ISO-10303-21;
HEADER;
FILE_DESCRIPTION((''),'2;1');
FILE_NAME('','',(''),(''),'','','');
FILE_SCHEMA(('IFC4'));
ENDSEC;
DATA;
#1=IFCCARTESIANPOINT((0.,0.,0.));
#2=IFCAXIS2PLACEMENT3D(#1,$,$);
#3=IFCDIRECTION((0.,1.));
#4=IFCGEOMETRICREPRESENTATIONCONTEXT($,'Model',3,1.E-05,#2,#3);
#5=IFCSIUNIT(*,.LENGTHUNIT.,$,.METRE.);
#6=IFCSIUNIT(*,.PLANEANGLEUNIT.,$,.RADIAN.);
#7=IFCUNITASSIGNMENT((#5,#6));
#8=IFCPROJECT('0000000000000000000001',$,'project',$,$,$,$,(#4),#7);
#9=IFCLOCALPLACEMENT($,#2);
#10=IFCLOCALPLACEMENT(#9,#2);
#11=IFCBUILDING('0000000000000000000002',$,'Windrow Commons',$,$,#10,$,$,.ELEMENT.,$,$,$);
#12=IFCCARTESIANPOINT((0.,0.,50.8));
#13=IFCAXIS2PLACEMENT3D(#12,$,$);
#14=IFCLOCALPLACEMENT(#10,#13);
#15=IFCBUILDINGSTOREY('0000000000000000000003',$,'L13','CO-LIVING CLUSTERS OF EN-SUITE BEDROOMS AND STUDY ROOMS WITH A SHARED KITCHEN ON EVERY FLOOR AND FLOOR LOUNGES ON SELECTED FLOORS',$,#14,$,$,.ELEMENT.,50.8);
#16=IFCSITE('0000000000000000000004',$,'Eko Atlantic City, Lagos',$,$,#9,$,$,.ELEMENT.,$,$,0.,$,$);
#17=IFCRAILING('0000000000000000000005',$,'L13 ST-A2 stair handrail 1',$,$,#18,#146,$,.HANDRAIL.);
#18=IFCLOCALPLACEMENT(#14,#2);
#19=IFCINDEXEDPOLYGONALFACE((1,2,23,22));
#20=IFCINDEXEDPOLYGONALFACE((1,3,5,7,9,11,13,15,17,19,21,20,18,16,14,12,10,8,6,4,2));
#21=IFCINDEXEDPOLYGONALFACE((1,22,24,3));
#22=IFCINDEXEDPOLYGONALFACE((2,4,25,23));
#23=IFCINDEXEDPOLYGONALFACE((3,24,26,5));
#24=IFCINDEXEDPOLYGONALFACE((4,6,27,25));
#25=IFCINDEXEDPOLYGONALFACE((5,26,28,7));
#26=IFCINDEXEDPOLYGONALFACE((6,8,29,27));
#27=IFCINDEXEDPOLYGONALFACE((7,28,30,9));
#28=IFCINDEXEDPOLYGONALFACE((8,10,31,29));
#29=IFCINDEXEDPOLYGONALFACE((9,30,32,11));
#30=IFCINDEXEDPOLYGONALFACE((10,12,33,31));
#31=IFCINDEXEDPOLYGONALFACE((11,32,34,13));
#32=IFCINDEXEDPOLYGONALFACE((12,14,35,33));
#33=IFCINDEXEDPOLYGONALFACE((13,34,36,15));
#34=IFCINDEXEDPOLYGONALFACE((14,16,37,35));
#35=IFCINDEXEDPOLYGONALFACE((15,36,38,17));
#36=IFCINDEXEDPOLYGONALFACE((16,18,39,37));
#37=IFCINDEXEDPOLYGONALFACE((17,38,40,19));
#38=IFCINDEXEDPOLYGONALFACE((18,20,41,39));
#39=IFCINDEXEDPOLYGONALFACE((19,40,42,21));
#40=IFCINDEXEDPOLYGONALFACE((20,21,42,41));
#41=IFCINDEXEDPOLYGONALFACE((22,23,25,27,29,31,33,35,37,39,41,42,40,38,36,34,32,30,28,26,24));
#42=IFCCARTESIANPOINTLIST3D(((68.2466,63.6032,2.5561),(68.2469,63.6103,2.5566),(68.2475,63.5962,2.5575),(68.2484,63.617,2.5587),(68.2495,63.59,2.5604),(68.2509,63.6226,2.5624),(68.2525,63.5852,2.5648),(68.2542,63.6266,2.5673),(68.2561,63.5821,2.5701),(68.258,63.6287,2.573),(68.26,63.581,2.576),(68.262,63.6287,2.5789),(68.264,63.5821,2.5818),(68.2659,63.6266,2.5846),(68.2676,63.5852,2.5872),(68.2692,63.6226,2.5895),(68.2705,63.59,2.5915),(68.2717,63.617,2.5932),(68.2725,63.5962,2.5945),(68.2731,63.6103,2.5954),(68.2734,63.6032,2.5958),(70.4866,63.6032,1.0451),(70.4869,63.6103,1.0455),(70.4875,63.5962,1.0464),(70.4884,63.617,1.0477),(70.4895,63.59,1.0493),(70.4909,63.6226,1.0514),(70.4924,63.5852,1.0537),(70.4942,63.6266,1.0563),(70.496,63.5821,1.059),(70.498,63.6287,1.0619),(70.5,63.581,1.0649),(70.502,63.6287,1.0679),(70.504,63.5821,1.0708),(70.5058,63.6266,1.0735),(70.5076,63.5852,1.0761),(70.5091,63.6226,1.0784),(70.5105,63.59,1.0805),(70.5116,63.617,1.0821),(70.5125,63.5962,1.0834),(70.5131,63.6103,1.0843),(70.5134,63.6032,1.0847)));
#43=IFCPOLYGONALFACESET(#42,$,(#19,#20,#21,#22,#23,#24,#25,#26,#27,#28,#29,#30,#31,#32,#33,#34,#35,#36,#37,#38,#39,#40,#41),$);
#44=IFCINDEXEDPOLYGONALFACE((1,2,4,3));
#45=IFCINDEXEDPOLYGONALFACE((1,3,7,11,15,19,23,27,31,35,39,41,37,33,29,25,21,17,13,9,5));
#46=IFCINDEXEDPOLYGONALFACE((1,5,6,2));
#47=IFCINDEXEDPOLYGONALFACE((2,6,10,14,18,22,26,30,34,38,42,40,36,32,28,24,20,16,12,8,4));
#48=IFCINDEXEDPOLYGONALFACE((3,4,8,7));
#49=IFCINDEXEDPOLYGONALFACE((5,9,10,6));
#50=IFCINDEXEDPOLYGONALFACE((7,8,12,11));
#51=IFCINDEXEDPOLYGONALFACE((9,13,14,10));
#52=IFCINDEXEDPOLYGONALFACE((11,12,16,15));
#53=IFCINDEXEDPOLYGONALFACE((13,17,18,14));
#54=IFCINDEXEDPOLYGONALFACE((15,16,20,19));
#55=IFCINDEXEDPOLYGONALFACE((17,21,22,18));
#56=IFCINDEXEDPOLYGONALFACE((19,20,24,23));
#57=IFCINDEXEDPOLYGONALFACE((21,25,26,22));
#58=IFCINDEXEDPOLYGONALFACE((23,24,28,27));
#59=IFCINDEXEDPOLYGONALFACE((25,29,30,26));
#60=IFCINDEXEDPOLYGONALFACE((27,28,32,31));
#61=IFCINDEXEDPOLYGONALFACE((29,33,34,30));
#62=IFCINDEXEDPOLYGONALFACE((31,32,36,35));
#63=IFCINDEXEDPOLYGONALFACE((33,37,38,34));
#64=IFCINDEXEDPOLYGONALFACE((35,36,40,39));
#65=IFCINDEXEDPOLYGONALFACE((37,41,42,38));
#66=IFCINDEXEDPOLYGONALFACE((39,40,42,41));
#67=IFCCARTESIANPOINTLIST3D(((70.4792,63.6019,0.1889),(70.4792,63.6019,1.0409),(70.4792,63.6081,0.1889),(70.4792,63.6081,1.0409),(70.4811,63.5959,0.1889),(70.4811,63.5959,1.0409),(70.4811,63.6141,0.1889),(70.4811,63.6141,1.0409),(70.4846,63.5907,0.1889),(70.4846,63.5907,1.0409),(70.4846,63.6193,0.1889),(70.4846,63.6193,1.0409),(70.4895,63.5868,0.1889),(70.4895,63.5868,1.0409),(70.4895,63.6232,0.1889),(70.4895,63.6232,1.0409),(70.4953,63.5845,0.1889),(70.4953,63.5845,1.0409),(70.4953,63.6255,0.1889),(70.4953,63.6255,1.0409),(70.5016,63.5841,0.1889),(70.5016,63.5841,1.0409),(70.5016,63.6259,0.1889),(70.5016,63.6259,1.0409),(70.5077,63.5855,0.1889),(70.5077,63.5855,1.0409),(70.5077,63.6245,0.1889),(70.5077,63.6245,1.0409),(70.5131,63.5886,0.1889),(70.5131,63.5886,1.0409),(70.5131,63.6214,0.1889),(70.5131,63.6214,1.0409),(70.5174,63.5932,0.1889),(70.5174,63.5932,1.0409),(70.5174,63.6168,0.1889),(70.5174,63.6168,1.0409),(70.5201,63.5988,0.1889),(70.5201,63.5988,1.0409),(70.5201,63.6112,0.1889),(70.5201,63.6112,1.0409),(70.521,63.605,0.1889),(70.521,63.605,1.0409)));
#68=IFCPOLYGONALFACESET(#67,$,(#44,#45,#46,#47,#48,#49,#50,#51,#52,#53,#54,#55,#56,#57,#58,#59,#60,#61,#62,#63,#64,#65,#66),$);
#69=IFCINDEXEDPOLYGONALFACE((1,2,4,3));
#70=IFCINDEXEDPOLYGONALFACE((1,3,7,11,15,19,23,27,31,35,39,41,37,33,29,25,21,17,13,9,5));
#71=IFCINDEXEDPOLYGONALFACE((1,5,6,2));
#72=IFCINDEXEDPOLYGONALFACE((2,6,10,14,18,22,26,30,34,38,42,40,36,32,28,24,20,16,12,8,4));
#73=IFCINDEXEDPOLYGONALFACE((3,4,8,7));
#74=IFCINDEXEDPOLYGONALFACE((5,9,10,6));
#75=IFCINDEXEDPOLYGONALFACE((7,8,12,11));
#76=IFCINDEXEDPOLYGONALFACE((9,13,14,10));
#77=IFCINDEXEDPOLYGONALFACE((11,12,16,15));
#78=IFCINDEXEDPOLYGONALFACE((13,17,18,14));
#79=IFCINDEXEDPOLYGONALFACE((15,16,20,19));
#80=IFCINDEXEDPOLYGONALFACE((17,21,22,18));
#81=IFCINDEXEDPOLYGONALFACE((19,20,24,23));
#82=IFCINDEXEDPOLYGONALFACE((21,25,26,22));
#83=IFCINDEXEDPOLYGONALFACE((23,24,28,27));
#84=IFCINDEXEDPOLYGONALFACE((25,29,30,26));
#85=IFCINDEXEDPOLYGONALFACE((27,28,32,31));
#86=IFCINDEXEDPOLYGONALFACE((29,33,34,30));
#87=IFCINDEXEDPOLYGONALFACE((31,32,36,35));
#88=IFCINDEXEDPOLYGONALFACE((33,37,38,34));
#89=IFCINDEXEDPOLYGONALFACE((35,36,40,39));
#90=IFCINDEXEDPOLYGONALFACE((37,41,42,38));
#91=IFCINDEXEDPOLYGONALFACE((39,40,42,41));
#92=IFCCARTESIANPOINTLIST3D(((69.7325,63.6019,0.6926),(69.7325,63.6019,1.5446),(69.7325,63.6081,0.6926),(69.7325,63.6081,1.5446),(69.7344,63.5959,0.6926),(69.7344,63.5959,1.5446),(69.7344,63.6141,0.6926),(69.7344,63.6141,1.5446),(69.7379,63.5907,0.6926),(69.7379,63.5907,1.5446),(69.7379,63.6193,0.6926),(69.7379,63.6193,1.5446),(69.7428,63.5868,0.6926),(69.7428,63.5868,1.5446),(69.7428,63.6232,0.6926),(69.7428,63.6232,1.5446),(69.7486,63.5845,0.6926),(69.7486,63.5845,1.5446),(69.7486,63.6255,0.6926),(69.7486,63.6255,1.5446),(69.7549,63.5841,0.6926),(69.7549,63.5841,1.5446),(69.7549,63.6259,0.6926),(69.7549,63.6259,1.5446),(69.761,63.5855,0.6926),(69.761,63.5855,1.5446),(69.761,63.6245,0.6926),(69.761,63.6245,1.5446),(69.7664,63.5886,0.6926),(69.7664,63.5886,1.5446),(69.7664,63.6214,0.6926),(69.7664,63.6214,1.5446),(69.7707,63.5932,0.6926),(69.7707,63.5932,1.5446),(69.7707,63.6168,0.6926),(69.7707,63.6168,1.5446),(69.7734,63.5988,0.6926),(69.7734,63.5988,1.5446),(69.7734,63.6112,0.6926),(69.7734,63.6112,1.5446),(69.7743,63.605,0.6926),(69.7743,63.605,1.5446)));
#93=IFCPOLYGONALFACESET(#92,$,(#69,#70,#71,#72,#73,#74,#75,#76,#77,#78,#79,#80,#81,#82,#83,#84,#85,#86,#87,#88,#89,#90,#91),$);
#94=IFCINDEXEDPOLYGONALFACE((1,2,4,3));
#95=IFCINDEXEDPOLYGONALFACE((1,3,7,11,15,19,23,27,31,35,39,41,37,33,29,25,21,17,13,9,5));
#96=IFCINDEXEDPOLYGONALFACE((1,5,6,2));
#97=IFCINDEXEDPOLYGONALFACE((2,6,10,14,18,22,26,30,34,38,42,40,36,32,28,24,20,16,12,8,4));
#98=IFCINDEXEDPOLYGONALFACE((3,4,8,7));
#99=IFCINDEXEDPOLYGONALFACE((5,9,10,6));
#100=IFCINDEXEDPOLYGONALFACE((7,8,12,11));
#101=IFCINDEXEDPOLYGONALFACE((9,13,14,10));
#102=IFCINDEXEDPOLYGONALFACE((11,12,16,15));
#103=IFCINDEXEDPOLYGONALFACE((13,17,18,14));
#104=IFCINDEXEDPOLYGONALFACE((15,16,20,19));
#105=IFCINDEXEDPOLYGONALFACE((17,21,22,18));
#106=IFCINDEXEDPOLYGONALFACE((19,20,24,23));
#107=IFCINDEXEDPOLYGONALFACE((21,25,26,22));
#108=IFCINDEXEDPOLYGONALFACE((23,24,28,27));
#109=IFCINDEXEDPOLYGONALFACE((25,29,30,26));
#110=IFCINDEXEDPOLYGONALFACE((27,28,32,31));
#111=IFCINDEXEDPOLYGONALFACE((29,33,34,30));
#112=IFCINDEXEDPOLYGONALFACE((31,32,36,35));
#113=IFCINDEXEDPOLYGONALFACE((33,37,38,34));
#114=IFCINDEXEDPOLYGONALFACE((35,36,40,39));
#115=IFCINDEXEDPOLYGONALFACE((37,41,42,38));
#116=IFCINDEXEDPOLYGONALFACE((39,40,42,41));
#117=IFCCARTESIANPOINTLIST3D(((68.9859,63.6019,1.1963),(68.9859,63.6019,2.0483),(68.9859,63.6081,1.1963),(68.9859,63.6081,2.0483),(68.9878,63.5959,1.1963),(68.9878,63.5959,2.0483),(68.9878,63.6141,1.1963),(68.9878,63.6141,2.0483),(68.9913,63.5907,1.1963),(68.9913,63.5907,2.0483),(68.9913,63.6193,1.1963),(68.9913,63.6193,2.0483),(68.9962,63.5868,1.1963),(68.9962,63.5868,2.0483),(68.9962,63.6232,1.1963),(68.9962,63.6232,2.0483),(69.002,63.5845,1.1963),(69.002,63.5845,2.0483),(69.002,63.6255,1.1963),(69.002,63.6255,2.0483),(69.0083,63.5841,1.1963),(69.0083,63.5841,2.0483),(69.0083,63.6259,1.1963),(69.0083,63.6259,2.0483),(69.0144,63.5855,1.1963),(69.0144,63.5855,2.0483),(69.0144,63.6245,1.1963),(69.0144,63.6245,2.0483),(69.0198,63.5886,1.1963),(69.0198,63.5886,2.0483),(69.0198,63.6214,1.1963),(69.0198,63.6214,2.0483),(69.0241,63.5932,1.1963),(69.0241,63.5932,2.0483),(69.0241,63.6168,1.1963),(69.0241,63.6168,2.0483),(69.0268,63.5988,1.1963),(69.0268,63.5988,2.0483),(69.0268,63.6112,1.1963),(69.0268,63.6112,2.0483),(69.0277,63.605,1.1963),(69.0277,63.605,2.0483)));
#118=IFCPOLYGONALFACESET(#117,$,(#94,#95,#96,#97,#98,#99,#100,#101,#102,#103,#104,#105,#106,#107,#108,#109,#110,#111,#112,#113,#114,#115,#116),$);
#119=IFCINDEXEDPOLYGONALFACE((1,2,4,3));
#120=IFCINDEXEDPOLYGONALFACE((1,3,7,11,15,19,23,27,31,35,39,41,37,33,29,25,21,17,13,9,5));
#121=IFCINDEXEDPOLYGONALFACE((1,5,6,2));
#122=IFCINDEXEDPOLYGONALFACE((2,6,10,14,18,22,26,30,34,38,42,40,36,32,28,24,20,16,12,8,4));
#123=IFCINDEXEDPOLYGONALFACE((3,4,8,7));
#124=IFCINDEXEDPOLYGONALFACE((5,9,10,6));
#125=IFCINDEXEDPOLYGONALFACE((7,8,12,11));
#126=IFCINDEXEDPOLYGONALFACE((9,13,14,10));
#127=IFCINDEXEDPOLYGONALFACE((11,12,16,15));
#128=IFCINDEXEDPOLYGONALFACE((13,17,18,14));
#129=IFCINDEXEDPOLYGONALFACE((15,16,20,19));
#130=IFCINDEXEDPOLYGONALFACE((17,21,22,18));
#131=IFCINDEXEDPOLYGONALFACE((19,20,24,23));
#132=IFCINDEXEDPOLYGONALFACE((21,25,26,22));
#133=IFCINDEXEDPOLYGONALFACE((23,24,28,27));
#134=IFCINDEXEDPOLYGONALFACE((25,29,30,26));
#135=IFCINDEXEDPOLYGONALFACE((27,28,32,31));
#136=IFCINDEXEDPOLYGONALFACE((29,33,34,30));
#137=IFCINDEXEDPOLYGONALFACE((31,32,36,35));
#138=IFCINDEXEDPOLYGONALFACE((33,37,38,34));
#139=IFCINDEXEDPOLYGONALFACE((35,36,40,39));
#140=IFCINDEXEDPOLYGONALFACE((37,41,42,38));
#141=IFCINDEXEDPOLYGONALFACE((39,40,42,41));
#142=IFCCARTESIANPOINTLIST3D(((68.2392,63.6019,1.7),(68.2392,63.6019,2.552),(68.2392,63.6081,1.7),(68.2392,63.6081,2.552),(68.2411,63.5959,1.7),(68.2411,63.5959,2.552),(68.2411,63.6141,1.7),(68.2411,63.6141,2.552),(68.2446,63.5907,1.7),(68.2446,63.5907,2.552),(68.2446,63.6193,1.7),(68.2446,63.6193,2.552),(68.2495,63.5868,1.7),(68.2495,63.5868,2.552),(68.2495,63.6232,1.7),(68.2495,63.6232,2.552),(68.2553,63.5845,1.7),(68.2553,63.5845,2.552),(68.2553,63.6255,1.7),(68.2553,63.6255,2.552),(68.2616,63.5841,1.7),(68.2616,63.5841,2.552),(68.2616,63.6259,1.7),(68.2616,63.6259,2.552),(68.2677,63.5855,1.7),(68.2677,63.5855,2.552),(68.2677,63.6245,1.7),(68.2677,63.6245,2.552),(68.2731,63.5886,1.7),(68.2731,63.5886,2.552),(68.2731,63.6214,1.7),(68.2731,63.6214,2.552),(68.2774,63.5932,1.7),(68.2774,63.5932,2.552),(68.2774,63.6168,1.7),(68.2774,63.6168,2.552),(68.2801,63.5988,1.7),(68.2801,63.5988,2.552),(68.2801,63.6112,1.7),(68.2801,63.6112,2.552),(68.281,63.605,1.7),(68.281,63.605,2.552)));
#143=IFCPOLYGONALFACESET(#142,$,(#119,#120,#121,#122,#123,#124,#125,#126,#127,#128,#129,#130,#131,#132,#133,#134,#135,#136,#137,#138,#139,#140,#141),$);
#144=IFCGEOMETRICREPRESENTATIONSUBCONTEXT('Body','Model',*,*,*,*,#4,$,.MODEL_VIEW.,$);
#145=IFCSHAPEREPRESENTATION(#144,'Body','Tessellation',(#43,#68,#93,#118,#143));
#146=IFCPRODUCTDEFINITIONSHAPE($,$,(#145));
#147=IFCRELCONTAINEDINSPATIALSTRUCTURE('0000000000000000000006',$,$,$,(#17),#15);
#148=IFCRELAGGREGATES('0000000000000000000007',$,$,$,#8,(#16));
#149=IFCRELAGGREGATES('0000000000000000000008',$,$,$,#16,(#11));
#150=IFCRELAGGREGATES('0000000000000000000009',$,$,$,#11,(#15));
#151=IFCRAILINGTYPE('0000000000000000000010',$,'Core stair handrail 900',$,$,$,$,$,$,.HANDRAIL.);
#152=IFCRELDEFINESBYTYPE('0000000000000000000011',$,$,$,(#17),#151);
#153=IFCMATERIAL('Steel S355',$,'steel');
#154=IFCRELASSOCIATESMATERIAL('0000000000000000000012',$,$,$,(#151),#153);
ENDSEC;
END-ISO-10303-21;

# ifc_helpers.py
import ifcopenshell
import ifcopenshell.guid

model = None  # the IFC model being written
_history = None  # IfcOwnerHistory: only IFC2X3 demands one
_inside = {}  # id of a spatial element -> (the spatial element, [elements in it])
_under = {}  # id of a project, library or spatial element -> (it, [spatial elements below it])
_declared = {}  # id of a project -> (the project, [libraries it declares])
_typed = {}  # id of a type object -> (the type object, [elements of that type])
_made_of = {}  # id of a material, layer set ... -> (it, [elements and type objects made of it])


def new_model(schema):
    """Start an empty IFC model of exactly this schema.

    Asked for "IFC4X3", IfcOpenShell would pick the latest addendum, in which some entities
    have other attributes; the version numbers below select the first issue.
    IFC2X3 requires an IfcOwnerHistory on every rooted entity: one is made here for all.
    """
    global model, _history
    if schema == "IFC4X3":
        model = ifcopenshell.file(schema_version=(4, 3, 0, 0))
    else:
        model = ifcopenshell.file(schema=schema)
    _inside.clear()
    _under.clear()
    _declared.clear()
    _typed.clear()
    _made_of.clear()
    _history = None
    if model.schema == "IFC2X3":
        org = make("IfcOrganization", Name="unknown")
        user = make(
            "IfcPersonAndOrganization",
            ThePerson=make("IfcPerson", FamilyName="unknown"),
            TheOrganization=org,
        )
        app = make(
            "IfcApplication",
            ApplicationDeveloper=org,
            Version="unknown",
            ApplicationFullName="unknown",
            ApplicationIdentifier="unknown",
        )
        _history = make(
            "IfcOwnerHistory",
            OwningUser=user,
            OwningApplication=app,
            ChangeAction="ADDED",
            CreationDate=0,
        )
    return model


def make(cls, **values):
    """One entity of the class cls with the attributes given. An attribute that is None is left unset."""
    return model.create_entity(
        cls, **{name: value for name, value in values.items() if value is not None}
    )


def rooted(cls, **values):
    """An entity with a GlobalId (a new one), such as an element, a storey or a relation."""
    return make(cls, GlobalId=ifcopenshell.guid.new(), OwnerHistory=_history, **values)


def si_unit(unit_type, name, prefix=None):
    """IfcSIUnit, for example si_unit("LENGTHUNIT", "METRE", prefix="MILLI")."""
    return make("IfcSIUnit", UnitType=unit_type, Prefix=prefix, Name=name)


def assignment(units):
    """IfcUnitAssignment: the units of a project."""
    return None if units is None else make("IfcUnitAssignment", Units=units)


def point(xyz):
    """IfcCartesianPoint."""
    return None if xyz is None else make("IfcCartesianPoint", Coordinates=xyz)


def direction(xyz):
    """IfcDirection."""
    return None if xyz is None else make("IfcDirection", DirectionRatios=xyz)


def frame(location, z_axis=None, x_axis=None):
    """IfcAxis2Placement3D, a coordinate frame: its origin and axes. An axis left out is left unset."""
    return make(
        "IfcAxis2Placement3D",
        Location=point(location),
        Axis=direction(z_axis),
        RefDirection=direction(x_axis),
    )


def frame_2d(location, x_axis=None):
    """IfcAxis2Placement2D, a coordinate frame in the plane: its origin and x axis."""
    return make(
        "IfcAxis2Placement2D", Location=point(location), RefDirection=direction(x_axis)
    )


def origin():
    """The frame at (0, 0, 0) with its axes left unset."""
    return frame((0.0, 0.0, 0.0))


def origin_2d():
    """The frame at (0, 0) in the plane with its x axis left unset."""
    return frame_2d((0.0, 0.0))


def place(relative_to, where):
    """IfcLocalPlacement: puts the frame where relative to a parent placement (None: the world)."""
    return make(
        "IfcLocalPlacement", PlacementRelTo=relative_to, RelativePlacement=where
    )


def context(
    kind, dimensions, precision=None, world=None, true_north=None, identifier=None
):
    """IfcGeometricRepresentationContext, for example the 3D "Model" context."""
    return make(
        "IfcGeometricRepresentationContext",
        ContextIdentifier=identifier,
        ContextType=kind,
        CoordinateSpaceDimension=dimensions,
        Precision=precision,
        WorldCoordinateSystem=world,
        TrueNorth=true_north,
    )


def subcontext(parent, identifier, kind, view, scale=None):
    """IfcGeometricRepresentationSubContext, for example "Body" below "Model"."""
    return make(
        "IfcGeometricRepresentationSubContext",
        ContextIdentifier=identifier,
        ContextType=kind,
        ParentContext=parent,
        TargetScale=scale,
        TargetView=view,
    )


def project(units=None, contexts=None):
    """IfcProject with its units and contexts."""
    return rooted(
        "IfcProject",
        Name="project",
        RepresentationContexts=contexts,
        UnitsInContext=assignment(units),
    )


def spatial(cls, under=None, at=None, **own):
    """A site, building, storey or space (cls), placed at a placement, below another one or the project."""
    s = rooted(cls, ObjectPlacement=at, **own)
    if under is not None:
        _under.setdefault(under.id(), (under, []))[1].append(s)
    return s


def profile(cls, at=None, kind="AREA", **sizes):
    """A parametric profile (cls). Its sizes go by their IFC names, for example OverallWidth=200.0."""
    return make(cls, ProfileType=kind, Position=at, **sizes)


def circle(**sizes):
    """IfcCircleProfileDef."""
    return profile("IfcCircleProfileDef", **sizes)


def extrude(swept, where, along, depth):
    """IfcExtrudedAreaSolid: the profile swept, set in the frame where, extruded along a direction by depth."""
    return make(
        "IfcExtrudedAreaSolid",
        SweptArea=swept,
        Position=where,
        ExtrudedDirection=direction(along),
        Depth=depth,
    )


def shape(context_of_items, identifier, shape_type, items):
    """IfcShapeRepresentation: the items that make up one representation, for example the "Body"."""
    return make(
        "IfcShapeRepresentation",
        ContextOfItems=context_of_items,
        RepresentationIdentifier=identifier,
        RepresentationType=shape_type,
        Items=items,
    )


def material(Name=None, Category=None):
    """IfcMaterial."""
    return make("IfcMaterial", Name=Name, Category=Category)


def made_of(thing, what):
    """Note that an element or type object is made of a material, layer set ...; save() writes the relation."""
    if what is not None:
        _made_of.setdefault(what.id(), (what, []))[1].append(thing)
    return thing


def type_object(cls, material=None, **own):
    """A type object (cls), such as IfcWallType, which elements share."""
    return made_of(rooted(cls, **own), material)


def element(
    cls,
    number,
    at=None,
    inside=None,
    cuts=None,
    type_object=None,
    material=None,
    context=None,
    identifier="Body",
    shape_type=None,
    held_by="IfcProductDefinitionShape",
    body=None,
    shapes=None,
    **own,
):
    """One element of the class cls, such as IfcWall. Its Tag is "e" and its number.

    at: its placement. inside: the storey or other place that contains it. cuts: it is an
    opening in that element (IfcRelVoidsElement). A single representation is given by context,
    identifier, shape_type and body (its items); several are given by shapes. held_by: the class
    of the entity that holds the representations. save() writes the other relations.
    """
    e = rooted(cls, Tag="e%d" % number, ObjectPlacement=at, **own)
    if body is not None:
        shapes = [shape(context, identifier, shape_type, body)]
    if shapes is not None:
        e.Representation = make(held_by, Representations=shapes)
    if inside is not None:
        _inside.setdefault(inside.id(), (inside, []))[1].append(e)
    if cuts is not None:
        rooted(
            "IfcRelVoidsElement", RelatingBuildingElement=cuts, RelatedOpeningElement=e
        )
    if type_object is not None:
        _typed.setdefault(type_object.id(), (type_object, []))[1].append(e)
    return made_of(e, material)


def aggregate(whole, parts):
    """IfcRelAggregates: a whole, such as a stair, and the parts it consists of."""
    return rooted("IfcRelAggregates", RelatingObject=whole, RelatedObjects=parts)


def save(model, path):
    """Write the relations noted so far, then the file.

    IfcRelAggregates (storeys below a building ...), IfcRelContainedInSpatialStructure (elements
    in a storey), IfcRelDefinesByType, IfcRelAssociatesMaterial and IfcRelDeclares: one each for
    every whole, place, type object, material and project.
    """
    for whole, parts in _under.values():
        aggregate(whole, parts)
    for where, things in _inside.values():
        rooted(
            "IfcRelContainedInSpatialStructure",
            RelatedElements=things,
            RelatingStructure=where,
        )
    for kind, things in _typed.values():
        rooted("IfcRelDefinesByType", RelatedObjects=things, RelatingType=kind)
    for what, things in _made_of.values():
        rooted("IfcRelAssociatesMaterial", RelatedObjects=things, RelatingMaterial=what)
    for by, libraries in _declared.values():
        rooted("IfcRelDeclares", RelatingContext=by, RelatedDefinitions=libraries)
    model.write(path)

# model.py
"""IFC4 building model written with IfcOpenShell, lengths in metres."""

from ifc_helpers import new_model, si_unit, direction, frame, origin, origin_2d, place, context, subcontext, project, spatial, circle, extrude, material, type_object, element, save


model = new_model("IFC4")

# Units and contexts
model_context = context("Model", 3, precision=1e-05, world=origin(), true_north=direction((0.0, 1.0)))
body_context = subcontext(model_context, "Body", "Model", "MODEL_VIEW")
ifc_project = project(units=[si_unit("LENGTHUNIT", "METRE"), si_unit("PLANEANGLEUNIT", "RADIAN")], contexts=[model_context])

# Site, building, storey
site_placement = place(None, origin())
site = spatial("IfcSite", under=ifc_project, at=site_placement, Name="Eko Atlantic City, Lagos", CompositionType="ELEMENT", RefElevation=0.0)
building_placement = place(site_placement, origin())
building = spatial("IfcBuilding", under=site, at=building_placement, Name="Windrow Commons", CompositionType="ELEMENT")
storey_placement = place(building_placement, frame((0.0, 0.0, 50.8)))
storey = spatial("IfcBuildingStorey", under=building, at=storey_placement, Name="L13", Description="CO-LIVING CLUSTERS OF EN-SUITE BEDROOMS AND STUDY ROOMS WITH A SHARED KITCHEN ON EVERY FLOOR AND FLOOR LOUNGES ON SELECTED FLOORS", CompositionType="ELEMENT", Elevation=50.8)

# Railing
ifc_material_1 = material(Name="Steel S355", Category="steel")
railing_type_1 = type_object("IfcRailingType", Name="Core stair handrail 900", PredefinedType="HANDRAIL", material=ifc_material_1)
railing_1_placement = place(storey_placement, frame((70.5, 63.605, 0.1889)))
element("IfcRailing", 1, at=railing_1_placement, inside=storey, type_object=railing_type_1, Name="L13 ST-A2 stair handrail 1", PredefinedType="HANDRAIL", context=body_context, shape_type="SweptSolid", body=[
    extrude(circle(Radius=0.024, at=origin_2d()), frame((0.0, 0.0, 0.876), z_axis=(-0.829003, 0.0, 0.559244), x_axis=(0.0, -1.0, 0.0)), (0.0, 0.0, 1.0), 2.702),
    extrude(circle(Radius=0.021, at=origin_2d()), origin(), (0.0, 0.0, 1.0), 0.852),
    extrude(circle(Radius=0.021, at=origin_2d()), frame((-0.7467, 0.0, 0.5037)), (0.0, 0.0, 1.0), 0.852),
    extrude(circle(Radius=0.021, at=origin_2d()), frame((-1.4933, 0.0, 1.0074)), (0.0, 0.0, 1.0), 0.852),
    extrude(circle(Radius=0.021, at=origin_2d()), frame((-2.24, 0.0, 1.5111)), (0.0, 0.0, 1.0), 0.852),
])

save(model, "model.ifc")
